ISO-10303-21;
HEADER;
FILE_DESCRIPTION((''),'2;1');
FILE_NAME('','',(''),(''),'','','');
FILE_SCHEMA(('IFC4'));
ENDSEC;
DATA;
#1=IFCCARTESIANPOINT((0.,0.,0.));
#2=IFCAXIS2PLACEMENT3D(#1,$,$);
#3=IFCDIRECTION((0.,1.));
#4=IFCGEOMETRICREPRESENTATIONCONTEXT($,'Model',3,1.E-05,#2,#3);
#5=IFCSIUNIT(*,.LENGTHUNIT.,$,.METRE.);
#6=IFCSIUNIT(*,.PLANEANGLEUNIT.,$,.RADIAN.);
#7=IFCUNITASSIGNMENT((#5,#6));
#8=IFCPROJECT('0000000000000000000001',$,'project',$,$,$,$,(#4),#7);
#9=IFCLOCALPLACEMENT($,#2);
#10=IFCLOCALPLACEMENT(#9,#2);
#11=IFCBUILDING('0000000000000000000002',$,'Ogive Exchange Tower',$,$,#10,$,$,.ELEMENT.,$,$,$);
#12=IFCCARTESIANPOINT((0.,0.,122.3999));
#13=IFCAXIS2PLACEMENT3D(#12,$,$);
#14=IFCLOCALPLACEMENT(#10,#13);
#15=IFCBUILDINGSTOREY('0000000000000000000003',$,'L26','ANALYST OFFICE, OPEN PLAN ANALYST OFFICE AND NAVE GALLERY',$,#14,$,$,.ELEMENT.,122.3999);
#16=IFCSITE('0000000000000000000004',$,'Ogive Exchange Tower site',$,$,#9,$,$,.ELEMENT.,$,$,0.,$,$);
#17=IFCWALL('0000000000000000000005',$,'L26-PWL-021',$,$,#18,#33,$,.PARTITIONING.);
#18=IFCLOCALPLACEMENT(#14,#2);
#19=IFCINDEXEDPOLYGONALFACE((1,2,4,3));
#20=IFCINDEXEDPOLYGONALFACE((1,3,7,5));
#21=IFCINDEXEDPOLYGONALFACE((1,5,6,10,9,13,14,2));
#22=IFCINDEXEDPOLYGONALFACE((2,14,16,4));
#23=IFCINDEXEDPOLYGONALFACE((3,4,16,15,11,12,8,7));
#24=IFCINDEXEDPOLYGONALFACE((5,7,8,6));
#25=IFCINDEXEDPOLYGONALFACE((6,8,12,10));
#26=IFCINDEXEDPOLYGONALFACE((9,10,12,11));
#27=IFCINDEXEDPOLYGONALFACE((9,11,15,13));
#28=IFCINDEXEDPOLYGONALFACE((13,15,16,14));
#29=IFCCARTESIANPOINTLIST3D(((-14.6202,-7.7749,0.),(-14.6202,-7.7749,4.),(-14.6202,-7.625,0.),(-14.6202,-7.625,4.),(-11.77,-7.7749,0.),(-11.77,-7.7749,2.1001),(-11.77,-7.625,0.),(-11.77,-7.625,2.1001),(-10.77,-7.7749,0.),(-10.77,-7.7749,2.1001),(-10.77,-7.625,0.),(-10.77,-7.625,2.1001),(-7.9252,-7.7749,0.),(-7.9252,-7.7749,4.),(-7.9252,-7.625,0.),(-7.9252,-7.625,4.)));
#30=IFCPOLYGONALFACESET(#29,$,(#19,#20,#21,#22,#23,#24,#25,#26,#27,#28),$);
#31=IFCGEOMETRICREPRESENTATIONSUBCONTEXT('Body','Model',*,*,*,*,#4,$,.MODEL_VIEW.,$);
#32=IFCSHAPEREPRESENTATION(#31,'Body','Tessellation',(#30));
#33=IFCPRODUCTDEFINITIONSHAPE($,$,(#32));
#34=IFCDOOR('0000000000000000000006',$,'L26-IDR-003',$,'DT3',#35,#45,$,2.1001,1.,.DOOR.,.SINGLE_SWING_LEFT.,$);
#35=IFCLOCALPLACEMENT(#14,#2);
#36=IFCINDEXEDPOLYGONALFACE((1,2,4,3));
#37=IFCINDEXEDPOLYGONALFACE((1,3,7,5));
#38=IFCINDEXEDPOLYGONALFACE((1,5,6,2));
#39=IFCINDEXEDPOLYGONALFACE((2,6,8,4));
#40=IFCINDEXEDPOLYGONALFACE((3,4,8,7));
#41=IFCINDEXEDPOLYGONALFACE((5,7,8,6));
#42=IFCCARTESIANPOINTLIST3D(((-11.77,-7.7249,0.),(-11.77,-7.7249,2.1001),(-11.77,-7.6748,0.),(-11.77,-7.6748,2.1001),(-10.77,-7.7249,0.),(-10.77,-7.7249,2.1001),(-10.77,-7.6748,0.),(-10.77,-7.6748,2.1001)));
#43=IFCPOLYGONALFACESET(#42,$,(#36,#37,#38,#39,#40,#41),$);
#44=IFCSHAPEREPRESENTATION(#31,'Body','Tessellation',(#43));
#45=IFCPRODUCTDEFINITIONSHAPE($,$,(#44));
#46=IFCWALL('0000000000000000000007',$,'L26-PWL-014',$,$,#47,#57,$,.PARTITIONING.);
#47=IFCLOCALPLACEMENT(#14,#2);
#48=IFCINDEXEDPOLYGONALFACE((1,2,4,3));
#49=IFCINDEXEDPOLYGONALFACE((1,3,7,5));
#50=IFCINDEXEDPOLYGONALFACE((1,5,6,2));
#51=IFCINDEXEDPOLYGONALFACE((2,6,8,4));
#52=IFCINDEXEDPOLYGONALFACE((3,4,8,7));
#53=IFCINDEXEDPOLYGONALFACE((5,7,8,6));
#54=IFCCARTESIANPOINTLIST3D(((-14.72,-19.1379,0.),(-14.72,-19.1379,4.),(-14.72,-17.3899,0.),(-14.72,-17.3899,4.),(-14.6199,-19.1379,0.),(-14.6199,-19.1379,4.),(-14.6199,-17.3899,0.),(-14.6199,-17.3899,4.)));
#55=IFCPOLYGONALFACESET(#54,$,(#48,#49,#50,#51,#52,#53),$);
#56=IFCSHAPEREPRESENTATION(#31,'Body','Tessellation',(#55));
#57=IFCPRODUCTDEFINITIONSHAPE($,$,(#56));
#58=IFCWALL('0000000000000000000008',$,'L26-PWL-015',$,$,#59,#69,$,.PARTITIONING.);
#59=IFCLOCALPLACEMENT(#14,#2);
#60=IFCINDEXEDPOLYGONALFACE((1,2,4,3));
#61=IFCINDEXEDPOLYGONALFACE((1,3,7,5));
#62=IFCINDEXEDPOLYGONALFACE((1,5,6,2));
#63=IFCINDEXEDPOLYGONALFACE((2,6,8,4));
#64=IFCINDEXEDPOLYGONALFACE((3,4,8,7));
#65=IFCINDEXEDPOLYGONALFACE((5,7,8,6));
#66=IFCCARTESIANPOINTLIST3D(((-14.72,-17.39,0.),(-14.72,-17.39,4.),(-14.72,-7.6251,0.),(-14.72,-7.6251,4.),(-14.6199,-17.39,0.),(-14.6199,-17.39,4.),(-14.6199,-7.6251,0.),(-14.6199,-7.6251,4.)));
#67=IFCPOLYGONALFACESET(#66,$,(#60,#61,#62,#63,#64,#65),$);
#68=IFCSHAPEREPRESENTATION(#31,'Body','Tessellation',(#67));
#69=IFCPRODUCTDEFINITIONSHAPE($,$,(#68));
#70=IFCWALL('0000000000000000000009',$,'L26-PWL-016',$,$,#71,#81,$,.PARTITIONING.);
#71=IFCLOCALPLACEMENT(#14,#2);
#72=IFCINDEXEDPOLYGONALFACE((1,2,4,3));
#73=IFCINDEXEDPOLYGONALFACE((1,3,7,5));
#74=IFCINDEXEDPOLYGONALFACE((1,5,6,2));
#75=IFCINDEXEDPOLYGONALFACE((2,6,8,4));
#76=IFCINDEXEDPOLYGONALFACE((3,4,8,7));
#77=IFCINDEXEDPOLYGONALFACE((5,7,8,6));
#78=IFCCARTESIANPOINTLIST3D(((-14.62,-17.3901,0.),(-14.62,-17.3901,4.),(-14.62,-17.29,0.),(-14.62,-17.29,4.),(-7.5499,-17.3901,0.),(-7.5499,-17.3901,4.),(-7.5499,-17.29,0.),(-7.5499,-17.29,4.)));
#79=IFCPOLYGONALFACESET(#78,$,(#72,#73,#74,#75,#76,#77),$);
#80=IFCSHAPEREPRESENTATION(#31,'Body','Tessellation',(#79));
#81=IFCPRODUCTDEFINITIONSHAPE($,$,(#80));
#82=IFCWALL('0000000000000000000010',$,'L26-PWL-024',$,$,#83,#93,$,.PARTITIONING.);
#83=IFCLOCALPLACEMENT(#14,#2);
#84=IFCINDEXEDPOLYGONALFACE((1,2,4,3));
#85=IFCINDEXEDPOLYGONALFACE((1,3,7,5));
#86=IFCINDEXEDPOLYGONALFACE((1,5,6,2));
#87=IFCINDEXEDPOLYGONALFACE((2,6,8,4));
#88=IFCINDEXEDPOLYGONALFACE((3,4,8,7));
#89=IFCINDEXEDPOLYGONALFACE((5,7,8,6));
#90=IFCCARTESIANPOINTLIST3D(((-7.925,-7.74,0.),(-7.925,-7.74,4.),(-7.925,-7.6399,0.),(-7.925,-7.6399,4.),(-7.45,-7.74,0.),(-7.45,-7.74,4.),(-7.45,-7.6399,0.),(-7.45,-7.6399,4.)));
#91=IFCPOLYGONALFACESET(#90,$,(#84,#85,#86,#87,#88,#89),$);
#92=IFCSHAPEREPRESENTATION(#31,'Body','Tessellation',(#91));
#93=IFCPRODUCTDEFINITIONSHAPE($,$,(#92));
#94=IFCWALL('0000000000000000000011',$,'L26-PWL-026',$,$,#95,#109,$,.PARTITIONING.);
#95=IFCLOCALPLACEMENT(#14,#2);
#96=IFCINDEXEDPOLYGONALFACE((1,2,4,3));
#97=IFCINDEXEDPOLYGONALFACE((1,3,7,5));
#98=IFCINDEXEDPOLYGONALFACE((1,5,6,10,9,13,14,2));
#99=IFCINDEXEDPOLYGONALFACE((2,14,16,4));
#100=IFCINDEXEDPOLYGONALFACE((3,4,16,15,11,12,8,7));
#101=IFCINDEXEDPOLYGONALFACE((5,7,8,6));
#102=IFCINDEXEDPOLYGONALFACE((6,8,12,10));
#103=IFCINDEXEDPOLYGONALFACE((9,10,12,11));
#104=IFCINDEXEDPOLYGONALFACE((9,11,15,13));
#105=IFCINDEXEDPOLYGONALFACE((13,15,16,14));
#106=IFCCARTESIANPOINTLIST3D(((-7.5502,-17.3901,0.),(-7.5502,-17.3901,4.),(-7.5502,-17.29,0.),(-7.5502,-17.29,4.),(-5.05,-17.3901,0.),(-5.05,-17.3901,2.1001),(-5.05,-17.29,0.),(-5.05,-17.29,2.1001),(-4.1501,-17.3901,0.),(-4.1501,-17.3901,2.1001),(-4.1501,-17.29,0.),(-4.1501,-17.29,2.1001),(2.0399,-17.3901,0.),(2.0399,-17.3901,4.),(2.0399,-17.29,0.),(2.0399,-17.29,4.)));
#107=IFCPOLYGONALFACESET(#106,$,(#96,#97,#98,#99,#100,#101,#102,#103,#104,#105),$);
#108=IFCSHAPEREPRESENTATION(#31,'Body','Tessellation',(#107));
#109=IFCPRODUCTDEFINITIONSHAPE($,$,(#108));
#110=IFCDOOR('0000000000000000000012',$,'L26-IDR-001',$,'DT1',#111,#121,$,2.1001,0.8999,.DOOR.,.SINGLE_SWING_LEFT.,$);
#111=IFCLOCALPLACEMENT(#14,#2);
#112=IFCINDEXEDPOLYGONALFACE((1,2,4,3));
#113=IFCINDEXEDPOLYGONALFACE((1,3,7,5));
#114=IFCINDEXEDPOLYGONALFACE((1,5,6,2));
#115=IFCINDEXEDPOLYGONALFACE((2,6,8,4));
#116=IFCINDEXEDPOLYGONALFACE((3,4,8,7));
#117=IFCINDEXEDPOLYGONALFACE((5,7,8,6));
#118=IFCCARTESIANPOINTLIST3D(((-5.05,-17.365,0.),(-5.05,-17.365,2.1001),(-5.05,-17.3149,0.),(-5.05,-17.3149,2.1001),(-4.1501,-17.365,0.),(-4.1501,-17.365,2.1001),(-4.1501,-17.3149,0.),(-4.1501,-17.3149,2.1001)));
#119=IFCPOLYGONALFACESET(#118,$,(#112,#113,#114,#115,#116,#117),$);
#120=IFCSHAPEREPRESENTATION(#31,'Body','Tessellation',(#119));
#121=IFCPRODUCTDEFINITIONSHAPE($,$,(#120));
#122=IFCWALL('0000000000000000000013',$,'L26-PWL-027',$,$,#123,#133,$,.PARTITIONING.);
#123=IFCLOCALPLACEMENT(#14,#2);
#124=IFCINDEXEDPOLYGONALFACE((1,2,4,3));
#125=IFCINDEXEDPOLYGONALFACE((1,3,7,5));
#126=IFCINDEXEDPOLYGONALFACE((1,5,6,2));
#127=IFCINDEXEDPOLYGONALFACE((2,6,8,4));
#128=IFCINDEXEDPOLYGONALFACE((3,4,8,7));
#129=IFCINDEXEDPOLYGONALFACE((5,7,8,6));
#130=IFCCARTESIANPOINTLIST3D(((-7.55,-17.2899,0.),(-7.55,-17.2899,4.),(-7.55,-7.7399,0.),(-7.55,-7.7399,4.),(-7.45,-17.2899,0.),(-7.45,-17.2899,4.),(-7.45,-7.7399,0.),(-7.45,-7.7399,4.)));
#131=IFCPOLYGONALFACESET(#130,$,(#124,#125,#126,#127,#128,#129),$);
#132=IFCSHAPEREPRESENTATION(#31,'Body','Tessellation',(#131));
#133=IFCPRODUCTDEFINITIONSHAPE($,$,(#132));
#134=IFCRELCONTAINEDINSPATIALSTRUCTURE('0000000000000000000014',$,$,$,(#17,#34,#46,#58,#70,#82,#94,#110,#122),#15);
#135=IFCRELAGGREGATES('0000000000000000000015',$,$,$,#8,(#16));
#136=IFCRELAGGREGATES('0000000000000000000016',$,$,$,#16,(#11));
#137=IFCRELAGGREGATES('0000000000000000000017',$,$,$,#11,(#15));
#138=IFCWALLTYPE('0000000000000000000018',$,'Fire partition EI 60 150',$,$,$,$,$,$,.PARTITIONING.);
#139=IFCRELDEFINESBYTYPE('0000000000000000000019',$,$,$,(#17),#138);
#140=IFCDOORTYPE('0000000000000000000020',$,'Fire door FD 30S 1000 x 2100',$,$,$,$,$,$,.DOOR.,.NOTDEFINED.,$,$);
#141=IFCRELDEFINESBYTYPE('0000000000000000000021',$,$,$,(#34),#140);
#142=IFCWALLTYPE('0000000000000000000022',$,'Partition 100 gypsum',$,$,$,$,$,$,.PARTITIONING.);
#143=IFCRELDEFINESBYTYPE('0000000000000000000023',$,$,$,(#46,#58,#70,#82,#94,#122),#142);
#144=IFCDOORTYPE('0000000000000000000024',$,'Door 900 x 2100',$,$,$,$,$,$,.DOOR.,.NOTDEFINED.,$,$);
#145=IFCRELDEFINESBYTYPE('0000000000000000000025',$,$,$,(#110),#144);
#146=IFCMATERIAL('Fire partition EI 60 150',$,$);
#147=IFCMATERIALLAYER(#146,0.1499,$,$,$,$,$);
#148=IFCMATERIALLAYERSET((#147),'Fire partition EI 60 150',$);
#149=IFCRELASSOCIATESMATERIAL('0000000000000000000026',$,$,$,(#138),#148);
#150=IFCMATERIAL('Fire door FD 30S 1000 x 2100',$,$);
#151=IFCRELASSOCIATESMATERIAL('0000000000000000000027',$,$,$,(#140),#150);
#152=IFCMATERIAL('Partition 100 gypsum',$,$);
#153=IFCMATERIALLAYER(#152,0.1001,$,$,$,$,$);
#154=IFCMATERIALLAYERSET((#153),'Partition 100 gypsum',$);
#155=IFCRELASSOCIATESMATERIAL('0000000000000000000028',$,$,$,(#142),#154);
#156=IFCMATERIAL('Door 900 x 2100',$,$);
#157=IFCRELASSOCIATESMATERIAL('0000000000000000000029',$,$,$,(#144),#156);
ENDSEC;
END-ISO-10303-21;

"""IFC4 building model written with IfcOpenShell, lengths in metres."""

from ifc_helpers import new_model, si_unit, direction, frame, frame_2d, origin, place, context, subcontext, project, spatial, rectangle, extrude, material, layer, layer_set, type_object, element, fill, save


model = new_model("IFC4")

# Units and contexts
model_context = context("Model", 3, precision=1e-05, world=origin(), true_north=direction((0.0, 1.0)))
body_context = subcontext(model_context, "Body", "Model", "MODEL_VIEW")
ifc_project = project(units=[si_unit("LENGTHUNIT", "METRE"), si_unit("PLANEANGLEUNIT", "RADIAN")], contexts=[model_context])

# Site, building, storey
site_placement = place(None, origin())
site = spatial("IfcSite", under=ifc_project, at=site_placement, Name="Ogive Exchange Tower site", CompositionType="ELEMENT", RefElevation=0.0)
building_placement = place(site_placement, origin())
building = spatial("IfcBuilding", under=site, at=building_placement, Name="Ogive Exchange Tower", CompositionType="ELEMENT")
storey_placement = place(building_placement, frame((0.0, 0.0, 122.3999)))
storey = spatial("IfcBuildingStorey", under=building, at=storey_placement, Name="L26", Description="ANALYST OFFICE, OPEN PLAN ANALYST OFFICE AND NAVE GALLERY", CompositionType="ELEMENT", Elevation=122.3999)

# Wall, opening, door
ifc_material_1 = material(Name="Fire partition EI 60 150")
ifc_layer_1 = layer(ifc_material_1, 0.1499)
ifc_layer_set_1 = layer_set([ifc_layer_1], Name="Fire partition EI 60 150")
wall_type_1 = type_object("IfcWallType", Name="Fire partition EI 60 150", PredefinedType="PARTITIONING", material=ifc_layer_set_1)
ifc_material_2 = material(Name="Fire door FD 30S 1000 x 2100")
door_type_1 = type_object("IfcDoorType", Name="Fire door FD 30S 1000 x 2100", OperationType="NOTDEFINED", PredefinedType="DOOR", material=ifc_material_2)
wall_1_placement = place(storey_placement, frame((-7.925, -7.7, 0.0), z_axis=(0.0, 0.0, 1.0), x_axis=(-1.0, 0.0, 0.0)))
wall_1 = element("IfcWall", 1, at=wall_1_placement, inside=storey, type_object=wall_type_1, Name="L26-PWL-021", PredefinedType="PARTITIONING", context=body_context, shape_type="SweptSolid", body=[
    extrude(rectangle(XDim=6.6951, YDim=0.1499, at=frame_2d((3.3477, 0.0))), origin(), (0.0, 0.0, 1.0), 4.0),
])
opening_1_placement = place(wall_1_placement, frame((2.845, 0.0, 0.0)))
opening_1 = element("IfcOpeningElement", 2, at=opening_1_placement, cuts=wall_1, PredefinedType="OPENING", context=body_context, shape_type="SweptSolid", body=[
    extrude(rectangle(XDim=1.0, YDim=2.1001, at=frame_2d((0.5, 1.05))), frame((0.0, 0.085, 0.0), z_axis=(0.0, -1.0, 0.0), x_axis=(1.0, 0.0, 0.0)), (0.0, 0.0, 1.0), 0.1699),
])
door_1_placement = place(opening_1_placement, origin())
door_1 = element("IfcDoor", 3, at=door_1_placement, inside=storey, type_object=door_type_1, Name="L26-IDR-003", ObjectType="DT3", OperationType="SINGLE_SWING_LEFT", OverallHeight=2.1001, OverallWidth=1.0, PredefinedType="DOOR", context=body_context, shape_type="SweptSolid", body=[
    extrude(rectangle(XDim=1.0, YDim=2.1001, at=frame_2d((0.5, 1.05))), frame((0.0, 0.0249, 0.0), z_axis=(0.0, -1.0, 0.0), x_axis=(1.0, 0.0, 0.0)), (0.0, 0.0, 1.0), 0.05),
])
fill(opening_1, door_1)

# Walls
ifc_material_3 = material(Name="Partition 100 gypsum")
ifc_layer_2 = layer(ifc_material_3, 0.1001)
ifc_layer_set_2 = layer_set([ifc_layer_2], Name="Partition 100 gypsum")
wall_type_2 = type_object("IfcWallType", Name="Partition 100 gypsum", PredefinedType="PARTITIONING", material=ifc_layer_set_2)
wall_2_placement = place(storey_placement, frame((-14.6699, -19.1379, 0.0), z_axis=(0.0, 0.0, 1.0), x_axis=(0.0, 1.0, 0.0)))
element("IfcWall", 4, at=wall_2_placement, inside=storey, type_object=wall_type_2, Name="L26-PWL-014", PredefinedType="PARTITIONING", context=body_context, shape_type="SweptSolid", body=[
    extrude(rectangle(XDim=1.748, YDim=0.1001, at=frame_2d((0.874, 0.0))), origin(), (0.0, 0.0, 1.0), 4.0),
])
wall_3_placement = place(storey_placement, frame((-14.6699, -17.3899, 0.0), z_axis=(0.0, 0.0, 1.0), x_axis=(0.0, 1.0, 0.0)))
element("IfcWall", 5, at=wall_3_placement, inside=storey, type_object=wall_type_2, Name="L26-PWL-015", PredefinedType="PARTITIONING", context=body_context, shape_type="SweptSolid", body=[
    extrude(rectangle(XDim=9.7649, YDim=0.1001, at=frame_2d((4.8823, 0.0))), origin(), (0.0, 0.0, 1.0), 4.0),
])
wall_4_placement = place(storey_placement, frame((-14.6201, -17.3401, 0.0), z_axis=(0.0, 0.0, 1.0), x_axis=(1.0, 0.0, 0.0)))
element("IfcWall", 6, at=wall_4_placement, inside=storey, type_object=wall_type_2, Name="L26-PWL-016", PredefinedType="PARTITIONING", context=body_context, shape_type="SweptSolid", body=[
    extrude(rectangle(XDim=7.0701, YDim=0.1001, at=frame_2d((3.5352, 0.0))), origin(), (0.0, 0.0, 1.0), 4.0),
])
wall_5_placement = place(storey_placement, frame((-7.925, -7.6899, 0.0), z_axis=(0.0, 0.0, 1.0), x_axis=(1.0, 0.0, 0.0)))
element("IfcWall", 7, at=wall_5_placement, inside=storey, type_object=wall_type_2, Name="L26-PWL-024", PredefinedType="PARTITIONING", context=body_context, shape_type="SweptSolid", body=[
    extrude(rectangle(XDim=0.4751, YDim=0.1001, at=frame_2d((0.2375, 0.0))), origin(), (0.0, 0.0, 1.0), 4.0),
])

# Wall, opening, door
wall_6_placement = place(storey_placement, frame((-7.55, -17.3401, 0.0), z_axis=(0.0, 0.0, 1.0), x_axis=(1.0, 0.0, 0.0)))
wall_6 = element("IfcWall", 8, at=wall_6_placement, inside=storey, type_object=wall_type_2, Name="L26-PWL-026", PredefinedType="PARTITIONING", context=body_context, shape_type="SweptSolid", body=[
    extrude(rectangle(XDim=9.5901, YDim=0.1001, at=frame_2d((4.7949, 0.0))), origin(), (0.0, 0.0, 1.0), 4.0),
])
opening_2_placement = place(wall_6_placement, frame((2.5, 0.0, 0.0)))
opening_2 = element("IfcOpeningElement", 9, at=opening_2_placement, cuts=wall_6, PredefinedType="OPENING", context=body_context, shape_type="SweptSolid", body=[
    extrude(rectangle(XDim=0.8999, YDim=2.1001, at=frame_2d((0.45, 1.05))), frame((0.0, 0.0601, 0.0), z_axis=(0.0, -1.0, 0.0), x_axis=(1.0, 0.0, 0.0)), (0.0, 0.0, 1.0), 0.1201),
])
ifc_material_4 = material(Name="Door 900 x 2100")
door_type_2 = type_object("IfcDoorType", Name="Door 900 x 2100", OperationType="NOTDEFINED", PredefinedType="DOOR", material=ifc_material_4)
door_2_placement = place(opening_2_placement, frame((0.8999, 0.0, 0.0), z_axis=(0.0, 0.0, 1.0), x_axis=(-1.0, 0.0, 0.0)))
door_2 = element("IfcDoor", 10, at=door_2_placement, inside=storey, type_object=door_type_2, Name="L26-IDR-001", ObjectType="DT1", OperationType="SINGLE_SWING_LEFT", OverallHeight=2.1001, OverallWidth=0.8999, PredefinedType="DOOR", context=body_context, shape_type="SweptSolid", body=[
    extrude(rectangle(XDim=0.8999, YDim=2.1001, at=frame_2d((0.45, 1.05))), frame((0.0, 0.0249, 0.0), z_axis=(0.0, -1.0, 0.0), x_axis=(1.0, 0.0, 0.0)), (0.0, 0.0, 1.0), 0.05),
])
fill(opening_2, door_2)

# Wall
wall_7_placement = place(storey_placement, frame((-7.5, -7.74, 0.0), z_axis=(0.0, 0.0, 1.0), x_axis=(0.0, -1.0, 0.0)))
element("IfcWall", 11, at=wall_7_placement, inside=storey, type_object=wall_type_2, Name="L26-PWL-027", PredefinedType="PARTITIONING", context=body_context, shape_type="SweptSolid", body=[
    extrude(rectangle(XDim=9.55, YDim=0.1001, at=frame_2d((4.7749, 0.0))), origin(), (0.0, 0.0, 1.0), 4.0),
])

save(model, "model.ifc")
